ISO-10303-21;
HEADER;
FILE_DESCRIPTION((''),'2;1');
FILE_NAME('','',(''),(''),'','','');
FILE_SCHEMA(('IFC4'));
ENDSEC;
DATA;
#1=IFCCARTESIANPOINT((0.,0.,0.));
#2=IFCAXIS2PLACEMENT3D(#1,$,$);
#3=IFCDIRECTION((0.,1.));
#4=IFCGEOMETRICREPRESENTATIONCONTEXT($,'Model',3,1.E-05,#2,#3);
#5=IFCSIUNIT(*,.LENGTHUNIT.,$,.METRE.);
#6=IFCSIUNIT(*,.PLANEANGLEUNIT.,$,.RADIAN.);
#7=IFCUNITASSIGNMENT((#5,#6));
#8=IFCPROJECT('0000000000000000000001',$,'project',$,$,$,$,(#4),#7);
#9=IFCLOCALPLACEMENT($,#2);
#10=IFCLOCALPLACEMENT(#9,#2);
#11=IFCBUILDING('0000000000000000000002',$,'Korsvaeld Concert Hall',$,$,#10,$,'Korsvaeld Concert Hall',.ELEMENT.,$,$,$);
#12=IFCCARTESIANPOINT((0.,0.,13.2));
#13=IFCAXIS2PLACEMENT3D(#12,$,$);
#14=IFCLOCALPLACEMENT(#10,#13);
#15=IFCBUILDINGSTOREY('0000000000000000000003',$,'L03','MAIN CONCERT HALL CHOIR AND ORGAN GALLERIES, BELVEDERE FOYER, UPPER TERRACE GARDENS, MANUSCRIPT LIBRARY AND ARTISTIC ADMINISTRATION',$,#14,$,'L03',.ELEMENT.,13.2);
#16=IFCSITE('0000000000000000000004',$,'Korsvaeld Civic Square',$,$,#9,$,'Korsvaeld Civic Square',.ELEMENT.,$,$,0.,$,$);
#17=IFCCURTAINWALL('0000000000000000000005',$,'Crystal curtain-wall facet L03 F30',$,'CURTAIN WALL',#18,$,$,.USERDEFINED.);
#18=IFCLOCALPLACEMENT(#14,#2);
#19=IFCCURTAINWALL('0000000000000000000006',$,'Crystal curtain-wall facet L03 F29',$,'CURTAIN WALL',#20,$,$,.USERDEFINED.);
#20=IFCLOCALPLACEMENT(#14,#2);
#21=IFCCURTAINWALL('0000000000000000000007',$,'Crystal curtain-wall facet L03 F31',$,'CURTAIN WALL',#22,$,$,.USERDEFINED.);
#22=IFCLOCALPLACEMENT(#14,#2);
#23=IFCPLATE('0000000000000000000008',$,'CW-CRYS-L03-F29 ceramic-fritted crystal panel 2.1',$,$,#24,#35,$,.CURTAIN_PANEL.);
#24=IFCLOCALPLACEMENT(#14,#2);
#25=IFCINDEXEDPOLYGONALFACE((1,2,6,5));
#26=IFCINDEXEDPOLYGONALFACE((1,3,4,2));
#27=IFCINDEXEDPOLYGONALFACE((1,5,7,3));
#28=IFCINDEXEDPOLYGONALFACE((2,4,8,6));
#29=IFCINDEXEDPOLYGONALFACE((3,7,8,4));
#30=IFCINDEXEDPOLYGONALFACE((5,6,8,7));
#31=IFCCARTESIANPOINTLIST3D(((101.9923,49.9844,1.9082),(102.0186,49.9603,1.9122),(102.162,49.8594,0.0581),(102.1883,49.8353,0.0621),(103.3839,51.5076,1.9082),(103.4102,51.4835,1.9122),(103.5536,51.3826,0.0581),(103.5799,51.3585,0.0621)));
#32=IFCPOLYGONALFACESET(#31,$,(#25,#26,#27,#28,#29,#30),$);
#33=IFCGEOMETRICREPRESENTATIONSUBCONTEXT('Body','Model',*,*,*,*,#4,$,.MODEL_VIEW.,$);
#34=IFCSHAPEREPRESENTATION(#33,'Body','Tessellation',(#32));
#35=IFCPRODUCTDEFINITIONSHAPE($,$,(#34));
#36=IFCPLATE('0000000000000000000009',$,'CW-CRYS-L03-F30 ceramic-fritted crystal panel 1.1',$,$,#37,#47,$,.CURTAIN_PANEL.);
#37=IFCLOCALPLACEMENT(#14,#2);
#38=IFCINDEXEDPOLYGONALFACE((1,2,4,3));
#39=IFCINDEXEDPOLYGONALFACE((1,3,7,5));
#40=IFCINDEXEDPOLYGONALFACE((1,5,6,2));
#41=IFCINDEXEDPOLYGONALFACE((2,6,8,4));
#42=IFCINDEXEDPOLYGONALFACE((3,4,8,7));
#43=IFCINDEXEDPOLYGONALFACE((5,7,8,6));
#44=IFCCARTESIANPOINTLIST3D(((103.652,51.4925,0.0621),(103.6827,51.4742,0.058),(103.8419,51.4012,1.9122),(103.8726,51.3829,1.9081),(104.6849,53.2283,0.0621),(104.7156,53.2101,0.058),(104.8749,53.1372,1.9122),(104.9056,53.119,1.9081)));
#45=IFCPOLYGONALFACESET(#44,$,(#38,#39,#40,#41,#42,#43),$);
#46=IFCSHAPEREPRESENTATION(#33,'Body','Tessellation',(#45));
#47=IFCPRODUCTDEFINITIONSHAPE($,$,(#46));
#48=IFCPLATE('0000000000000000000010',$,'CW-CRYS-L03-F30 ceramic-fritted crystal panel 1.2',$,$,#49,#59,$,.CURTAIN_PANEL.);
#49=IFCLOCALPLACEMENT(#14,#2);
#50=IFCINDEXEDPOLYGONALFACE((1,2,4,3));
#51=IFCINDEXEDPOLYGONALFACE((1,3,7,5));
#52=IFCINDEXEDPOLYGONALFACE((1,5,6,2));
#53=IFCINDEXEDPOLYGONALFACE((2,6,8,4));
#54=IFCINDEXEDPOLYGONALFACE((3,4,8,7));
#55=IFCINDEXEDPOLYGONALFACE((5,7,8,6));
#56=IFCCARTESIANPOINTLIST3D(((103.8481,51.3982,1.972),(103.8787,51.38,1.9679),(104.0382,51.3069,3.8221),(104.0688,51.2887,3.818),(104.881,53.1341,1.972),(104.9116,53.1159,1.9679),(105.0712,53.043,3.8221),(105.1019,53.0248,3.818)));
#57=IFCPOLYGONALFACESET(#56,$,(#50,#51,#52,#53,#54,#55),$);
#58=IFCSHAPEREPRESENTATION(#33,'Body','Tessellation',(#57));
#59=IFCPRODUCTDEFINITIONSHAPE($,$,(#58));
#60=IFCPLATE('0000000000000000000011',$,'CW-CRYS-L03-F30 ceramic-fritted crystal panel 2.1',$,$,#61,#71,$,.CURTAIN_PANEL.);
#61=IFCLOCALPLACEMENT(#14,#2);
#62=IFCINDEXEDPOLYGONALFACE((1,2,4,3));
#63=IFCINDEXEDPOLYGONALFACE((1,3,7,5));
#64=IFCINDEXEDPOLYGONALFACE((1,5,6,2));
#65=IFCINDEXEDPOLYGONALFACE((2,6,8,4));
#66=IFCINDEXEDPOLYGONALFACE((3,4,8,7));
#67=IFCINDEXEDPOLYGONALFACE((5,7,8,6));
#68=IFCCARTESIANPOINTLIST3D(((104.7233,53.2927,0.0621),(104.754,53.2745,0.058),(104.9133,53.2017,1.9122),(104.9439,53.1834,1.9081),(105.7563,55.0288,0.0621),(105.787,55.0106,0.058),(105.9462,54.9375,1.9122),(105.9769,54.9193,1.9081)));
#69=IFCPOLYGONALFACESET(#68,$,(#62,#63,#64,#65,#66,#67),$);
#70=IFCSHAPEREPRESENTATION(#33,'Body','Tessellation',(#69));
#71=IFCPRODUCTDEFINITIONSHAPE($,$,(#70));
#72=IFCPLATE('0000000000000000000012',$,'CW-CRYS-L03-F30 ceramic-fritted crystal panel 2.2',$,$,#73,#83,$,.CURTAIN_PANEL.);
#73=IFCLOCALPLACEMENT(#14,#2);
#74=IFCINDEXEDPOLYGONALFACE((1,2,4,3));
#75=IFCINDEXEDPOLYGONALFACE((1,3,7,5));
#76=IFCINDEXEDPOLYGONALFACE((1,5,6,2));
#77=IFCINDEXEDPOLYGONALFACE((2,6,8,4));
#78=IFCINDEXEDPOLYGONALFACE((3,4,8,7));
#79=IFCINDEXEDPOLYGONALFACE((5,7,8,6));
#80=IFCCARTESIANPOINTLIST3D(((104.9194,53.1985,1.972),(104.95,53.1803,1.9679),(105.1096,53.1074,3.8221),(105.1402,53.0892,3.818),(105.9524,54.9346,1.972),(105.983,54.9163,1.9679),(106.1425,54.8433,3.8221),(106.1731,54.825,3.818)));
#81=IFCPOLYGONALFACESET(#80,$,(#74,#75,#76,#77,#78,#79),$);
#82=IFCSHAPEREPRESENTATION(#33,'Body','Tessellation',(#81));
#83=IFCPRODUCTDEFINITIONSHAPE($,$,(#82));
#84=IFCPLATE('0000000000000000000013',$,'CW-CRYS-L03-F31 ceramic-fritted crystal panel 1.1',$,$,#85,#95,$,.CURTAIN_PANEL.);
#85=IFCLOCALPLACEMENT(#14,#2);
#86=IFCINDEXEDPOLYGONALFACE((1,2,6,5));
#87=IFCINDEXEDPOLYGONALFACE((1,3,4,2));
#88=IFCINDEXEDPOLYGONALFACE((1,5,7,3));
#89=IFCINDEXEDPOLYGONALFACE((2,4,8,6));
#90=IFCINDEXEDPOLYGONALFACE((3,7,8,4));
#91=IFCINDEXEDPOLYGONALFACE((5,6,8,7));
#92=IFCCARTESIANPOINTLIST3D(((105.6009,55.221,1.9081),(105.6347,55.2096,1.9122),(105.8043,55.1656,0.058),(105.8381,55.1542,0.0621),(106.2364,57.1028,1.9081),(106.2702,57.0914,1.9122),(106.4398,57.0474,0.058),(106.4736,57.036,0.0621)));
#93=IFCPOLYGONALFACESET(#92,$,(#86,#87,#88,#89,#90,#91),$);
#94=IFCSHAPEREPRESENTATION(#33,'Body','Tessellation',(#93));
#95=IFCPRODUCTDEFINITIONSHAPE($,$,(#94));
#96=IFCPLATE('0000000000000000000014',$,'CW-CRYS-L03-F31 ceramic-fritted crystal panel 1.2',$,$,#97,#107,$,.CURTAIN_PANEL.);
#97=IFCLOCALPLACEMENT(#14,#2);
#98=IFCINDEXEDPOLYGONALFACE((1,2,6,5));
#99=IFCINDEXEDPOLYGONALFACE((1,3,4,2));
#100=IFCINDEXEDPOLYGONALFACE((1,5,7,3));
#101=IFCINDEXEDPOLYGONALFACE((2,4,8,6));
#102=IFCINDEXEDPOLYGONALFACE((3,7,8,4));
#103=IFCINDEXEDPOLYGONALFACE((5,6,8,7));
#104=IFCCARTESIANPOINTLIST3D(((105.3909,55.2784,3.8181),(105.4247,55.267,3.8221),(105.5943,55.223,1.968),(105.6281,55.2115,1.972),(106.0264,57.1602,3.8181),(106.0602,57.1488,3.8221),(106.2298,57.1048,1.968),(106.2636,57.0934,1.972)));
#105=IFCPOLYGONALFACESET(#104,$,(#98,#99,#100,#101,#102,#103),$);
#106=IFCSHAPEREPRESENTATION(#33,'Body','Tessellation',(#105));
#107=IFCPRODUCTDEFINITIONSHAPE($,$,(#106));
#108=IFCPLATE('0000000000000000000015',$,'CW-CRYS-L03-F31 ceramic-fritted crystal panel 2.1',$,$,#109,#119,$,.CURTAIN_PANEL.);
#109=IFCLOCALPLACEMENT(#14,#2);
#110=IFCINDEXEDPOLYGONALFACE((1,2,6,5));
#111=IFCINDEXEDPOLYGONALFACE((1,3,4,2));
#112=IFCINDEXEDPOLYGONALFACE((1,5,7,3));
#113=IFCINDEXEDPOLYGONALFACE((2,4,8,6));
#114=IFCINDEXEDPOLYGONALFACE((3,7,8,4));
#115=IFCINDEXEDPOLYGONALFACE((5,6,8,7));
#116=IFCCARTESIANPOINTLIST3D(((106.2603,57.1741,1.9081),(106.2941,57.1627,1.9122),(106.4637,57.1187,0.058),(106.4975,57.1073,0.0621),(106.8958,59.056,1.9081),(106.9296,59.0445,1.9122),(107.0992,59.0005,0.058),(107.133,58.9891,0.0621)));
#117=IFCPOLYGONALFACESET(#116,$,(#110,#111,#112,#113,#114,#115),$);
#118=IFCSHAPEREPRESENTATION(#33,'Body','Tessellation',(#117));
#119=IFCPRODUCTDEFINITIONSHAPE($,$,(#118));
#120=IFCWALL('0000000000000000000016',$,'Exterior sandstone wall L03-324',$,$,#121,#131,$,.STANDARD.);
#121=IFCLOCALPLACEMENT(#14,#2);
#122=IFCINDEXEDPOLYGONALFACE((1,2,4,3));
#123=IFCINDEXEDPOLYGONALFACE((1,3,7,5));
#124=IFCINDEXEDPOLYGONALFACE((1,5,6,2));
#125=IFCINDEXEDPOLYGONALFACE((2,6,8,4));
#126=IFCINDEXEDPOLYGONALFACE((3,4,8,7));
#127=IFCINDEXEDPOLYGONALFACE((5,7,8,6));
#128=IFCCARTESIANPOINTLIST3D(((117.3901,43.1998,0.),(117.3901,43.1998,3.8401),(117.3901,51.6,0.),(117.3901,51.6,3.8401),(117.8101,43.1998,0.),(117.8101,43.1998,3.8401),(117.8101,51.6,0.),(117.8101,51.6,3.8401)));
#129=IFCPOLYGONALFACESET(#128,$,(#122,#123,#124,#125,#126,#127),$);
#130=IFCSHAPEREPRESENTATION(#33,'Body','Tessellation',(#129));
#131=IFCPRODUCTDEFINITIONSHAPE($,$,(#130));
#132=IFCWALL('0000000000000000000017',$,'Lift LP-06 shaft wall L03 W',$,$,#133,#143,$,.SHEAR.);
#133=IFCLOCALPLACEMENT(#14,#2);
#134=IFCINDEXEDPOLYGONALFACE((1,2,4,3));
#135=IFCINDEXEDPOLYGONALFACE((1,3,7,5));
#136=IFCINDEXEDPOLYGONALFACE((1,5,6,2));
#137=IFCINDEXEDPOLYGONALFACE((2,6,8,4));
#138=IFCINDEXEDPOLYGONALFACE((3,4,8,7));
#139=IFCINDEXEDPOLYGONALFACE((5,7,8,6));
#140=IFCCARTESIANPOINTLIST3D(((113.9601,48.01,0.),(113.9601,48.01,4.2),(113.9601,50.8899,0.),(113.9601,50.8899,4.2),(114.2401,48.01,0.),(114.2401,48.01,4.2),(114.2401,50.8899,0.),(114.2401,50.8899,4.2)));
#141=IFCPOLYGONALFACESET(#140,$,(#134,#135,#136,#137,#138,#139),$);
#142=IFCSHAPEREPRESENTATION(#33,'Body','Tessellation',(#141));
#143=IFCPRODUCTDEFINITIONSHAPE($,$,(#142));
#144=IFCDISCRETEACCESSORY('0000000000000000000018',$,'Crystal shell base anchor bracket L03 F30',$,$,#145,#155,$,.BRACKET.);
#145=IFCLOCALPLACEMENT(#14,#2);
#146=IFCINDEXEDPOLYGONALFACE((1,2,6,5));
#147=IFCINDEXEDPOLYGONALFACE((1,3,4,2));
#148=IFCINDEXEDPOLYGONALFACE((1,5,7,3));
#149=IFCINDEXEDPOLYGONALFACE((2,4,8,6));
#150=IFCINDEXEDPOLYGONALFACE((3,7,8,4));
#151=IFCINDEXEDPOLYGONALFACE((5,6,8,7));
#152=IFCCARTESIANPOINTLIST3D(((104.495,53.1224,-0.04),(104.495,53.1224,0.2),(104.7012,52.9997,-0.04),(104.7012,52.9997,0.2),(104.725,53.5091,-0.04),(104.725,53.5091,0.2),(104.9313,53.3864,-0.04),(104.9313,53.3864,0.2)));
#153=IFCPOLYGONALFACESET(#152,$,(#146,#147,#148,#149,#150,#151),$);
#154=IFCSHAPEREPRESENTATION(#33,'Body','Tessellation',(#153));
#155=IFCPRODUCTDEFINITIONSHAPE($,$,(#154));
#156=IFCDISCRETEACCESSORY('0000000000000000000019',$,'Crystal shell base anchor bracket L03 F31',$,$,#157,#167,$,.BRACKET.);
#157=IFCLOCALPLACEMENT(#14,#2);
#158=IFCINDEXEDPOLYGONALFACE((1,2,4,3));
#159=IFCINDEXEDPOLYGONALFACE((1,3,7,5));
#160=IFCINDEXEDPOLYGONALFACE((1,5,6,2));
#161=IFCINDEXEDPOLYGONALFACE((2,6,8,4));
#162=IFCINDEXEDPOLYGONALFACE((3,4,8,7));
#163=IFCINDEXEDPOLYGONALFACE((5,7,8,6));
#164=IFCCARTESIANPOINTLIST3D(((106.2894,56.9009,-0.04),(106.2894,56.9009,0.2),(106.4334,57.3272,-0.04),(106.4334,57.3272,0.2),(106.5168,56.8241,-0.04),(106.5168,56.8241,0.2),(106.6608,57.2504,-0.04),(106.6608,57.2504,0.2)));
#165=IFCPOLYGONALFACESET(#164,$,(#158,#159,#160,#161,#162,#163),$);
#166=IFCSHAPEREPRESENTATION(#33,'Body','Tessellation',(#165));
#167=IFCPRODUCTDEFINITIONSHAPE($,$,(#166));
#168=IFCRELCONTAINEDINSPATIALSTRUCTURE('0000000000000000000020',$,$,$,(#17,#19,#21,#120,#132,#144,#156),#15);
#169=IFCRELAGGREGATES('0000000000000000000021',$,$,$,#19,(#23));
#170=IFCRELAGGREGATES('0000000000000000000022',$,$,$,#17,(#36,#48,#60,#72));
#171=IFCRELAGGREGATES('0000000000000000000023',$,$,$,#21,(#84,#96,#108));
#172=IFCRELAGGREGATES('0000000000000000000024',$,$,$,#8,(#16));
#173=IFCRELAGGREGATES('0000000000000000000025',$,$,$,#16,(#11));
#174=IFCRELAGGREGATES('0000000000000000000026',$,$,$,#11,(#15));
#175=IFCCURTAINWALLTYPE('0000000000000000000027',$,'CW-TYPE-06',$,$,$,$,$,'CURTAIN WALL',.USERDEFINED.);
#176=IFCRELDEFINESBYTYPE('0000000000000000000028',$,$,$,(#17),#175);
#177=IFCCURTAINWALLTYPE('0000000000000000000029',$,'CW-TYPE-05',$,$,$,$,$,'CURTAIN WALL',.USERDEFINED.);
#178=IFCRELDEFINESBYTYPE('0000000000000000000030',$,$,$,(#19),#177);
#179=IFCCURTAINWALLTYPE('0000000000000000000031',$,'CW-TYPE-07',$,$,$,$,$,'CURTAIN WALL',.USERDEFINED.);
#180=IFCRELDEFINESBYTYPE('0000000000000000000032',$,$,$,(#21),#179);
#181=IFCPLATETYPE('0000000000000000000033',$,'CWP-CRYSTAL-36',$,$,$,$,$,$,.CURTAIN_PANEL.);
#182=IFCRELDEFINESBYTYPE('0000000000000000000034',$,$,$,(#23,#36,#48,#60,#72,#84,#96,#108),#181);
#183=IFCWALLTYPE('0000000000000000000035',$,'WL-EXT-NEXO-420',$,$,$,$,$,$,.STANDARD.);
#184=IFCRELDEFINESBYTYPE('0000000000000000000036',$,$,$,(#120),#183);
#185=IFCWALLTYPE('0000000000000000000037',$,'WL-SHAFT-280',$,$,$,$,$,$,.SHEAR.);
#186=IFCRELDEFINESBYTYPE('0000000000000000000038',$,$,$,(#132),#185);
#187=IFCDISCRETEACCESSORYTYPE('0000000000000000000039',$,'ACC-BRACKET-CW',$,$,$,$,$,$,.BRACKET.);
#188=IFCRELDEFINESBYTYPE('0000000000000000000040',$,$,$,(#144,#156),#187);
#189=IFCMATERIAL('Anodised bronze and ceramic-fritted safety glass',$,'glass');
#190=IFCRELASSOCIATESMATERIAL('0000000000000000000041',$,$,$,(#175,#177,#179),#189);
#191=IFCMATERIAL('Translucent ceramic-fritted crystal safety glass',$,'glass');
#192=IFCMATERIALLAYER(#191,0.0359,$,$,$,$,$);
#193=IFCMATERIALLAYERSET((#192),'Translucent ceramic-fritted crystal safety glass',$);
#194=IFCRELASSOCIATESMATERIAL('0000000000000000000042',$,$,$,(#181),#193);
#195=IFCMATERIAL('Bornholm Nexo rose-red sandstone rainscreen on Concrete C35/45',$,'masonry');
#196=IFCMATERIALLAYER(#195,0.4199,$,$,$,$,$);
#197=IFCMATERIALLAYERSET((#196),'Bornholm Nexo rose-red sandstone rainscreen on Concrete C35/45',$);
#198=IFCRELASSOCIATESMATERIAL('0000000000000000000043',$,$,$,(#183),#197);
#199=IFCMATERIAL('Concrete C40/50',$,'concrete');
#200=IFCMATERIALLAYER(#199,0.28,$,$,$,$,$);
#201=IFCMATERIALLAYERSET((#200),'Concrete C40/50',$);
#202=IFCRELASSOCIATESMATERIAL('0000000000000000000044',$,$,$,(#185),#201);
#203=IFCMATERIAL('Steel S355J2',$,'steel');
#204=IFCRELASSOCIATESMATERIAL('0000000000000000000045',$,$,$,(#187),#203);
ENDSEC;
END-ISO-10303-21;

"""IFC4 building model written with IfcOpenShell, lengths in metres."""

from ifc_helpers import new_model, si_unit, direction, frame, frame_2d, origin, origin_2d, place, context, subcontext, project, spatial, polyline, rectangle, outline, extrude, material, layer, layer_set, type_object, element, aggregate, save


model = new_model("IFC4")

# Units and contexts
model_context = context("Model", 3, precision=1e-05, world=origin(), true_north=direction((0.0, 1.0)))
body_context = subcontext(model_context, "Body", "Model", "MODEL_VIEW")
ifc_project = project(units=[si_unit("LENGTHUNIT", "METRE"), si_unit("PLANEANGLEUNIT", "RADIAN")], contexts=[model_context])

# Site, building, storey
site_placement = place(None, origin())
site = spatial("IfcSite", under=ifc_project, at=site_placement, Name="Korsvaeld Civic Square", LongName="Korsvaeld Civic Square", CompositionType="ELEMENT", RefElevation=0.0)
building_placement = place(site_placement, origin())
building = spatial("IfcBuilding", under=site, at=building_placement, Name="Korsvaeld Concert Hall", LongName="Korsvaeld Concert Hall", CompositionType="ELEMENT")
storey_placement = place(building_placement, frame((0.0, 0.0, 13.2)))
storey = spatial("IfcBuildingStorey", under=building, at=storey_placement, Name="L03", Description="MAIN CONCERT HALL CHOIR AND ORGAN GALLERIES, BELVEDERE FOYER, UPPER TERRACE GARDENS, MANUSCRIPT LIBRARY AND ARTISTIC ADMINISTRATION", LongName="L03", CompositionType="ELEMENT", Elevation=13.2)

# Shared definitions
ifc_material_1 = material(Name="Concrete C40/50", Category="concrete")

# Curtain wall
ifc_material_2 = material(Name="Anodised bronze and ceramic-fritted safety glass", Category="glass")
curtain_wall_type_1 = type_object("IfcCurtainWallType", Name="CW-TYPE-06", ElementType="CURTAIN WALL", PredefinedType="USERDEFINED", material=ifc_material_2)
curtain_wall_1_placement = place(storey_placement, origin())
curtain_wall_1 = element("IfcCurtainWall", 1, at=curtain_wall_1_placement, inside=storey, type_object=curtain_wall_type_1, Name="Crystal curtain-wall facet L03 F30", ObjectType="CURTAIN WALL", PredefinedType="USERDEFINED")

# Curtain wall
curtain_wall_type_2 = type_object("IfcCurtainWallType", Name="CW-TYPE-05", ElementType="CURTAIN WALL", PredefinedType="USERDEFINED", material=ifc_material_2)
curtain_wall_2_placement = place(storey_placement, origin())
curtain_wall_2 = element("IfcCurtainWall", 2, at=curtain_wall_2_placement, inside=storey, type_object=curtain_wall_type_2, Name="Crystal curtain-wall facet L03 F29", ObjectType="CURTAIN WALL", PredefinedType="USERDEFINED")

# Curtain wall
curtain_wall_type_3 = type_object("IfcCurtainWallType", Name="CW-TYPE-07", ElementType="CURTAIN WALL", PredefinedType="USERDEFINED", material=ifc_material_2)
curtain_wall_3_placement = place(storey_placement, origin())
curtain_wall_3 = element("IfcCurtainWall", 3, at=curtain_wall_3_placement, inside=storey, type_object=curtain_wall_type_3, Name="Crystal curtain-wall facet L03 F31", ObjectType="CURTAIN WALL", PredefinedType="USERDEFINED")

# Plates
ifc_material_3 = material(Name="Translucent ceramic-fritted crystal safety glass", Category="glass")
ifc_layer_1 = layer(ifc_material_3, 0.0359)
ifc_layer_set_1 = layer_set([ifc_layer_1], Name="Translucent ceramic-fritted crystal safety glass")
plate_type = type_object("IfcPlateType", Name="CWP-CRYSTAL-36", PredefinedType="CURTAIN_PANEL", material=ifc_layer_set_1)
plate_1_placement = place(storey_placement, frame((102.175, 49.8474, 0.0601), z_axis=(0.733586, -0.67021, 0.112561), x_axis=(0.674497, 0.738278, 0.0)))
plate_1 = element("IfcPlate", 4, at=plate_1_placement, type_object=plate_type, Name="CW-CRYS-L03-F29 ceramic-fritted crystal panel 2.1", PredefinedType="CURTAIN_PANEL", context=body_context, shape_type="SweptSolid", body=[
    extrude(outline(polyline([(0.0, 0.0), (2.0632, 0.0), (2.041, 1.8619), (-0.0222, 1.8619), (0.0, 0.0)])), frame((0.0, 0.0, 0.0181)), (0.0, 0.0, -1.0), 0.0359),
])
aggregate(curtain_wall_2, [plate_1])
plate_2_placement = place(storey_placement, frame((103.6672, 51.4834, 0.0601), z_axis=(0.853894, -0.508097, -0.112708), x_axis=(0.511356, 0.859369, 0.000003)))
plate_2 = element("IfcPlate", 5, at=plate_2_placement, type_object=plate_type, Name="CW-CRYS-L03-F30 ceramic-fritted crystal panel 1.1", PredefinedType="CURTAIN_PANEL", context=body_context, shape_type="SweptSolid", body=[
    extrude(outline(polyline([(0.0, 0.0), (2.0199, 0.0), (2.0388, 1.862), (0.0187, 1.862), (0.0, 0.0)])), frame((0.0, 0.0, 0.0181)), (0.0, 0.0, -1.0), 0.0359),
])
plate_3_placement = place(storey_placement, frame((103.8633, 51.3892, 1.97), z_axis=(0.853883, -0.508091, -0.11282), x_axis=(0.511356, 0.859369, 0.000003)))
plate_3 = element("IfcPlate", 6, at=plate_3_placement, type_object=plate_type, Name="CW-CRYS-L03-F30 ceramic-fritted crystal panel 1.2", PredefinedType="CURTAIN_PANEL", context=body_context, shape_type="SweptSolid", body=[
    extrude(outline(polyline([(0.0, 0.0), (2.0199, 0.0), (2.0389, 1.862), (0.0188, 1.862), (0.0, 0.0)])), frame((0.0, 0.0, 0.0181)), (0.0, 0.0, -1.0), 0.0359),
])
plate_4_placement = place(storey_placement, frame((104.7385, 53.2837, 0.0601), z_axis=(0.853894, -0.508097, -0.112708), x_axis=(0.511355, 0.85937, -0.000003)))
plate_4 = element("IfcPlate", 7, at=plate_4_placement, type_object=plate_type, Name="CW-CRYS-L03-F30 ceramic-fritted crystal panel 2.1", PredefinedType="CURTAIN_PANEL", context=body_context, shape_type="SweptSolid", body=[
    extrude(outline(polyline([(0.0, 0.0), (2.0201, 0.0), (2.0388, 1.862), (0.0189, 1.862), (0.0, 0.0)])), frame((0.0, 0.0, 0.0181)), (0.0, 0.0, -1.0), 0.0359),
])
plate_5_placement = place(storey_placement, frame((104.9346, 53.1895, 1.97), z_axis=(0.853883, -0.508091, -0.11282), x_axis=(0.511355, 0.85937, -0.000003)))
plate_5 = element("IfcPlate", 8, at=plate_5_placement, type_object=plate_type, Name="CW-CRYS-L03-F30 ceramic-fritted crystal panel 2.2", PredefinedType="CURTAIN_PANEL", context=body_context, shape_type="SweptSolid", body=[
    extrude(outline(polyline([(0.0, 0.0), (2.0201, 0.0), (2.0389, 1.862), (0.019, 1.862), (0.0, 0.0)])), frame((0.0, 0.0, 0.0181)), (0.0, 0.0, -1.0), 0.0359),
])
aggregate(curtain_wall_1, [plate_2, plate_3, plate_4, plate_5])
plate_6_placement = place(storey_placement, frame((105.821, 55.1599, 0.0601), z_axis=(0.941366, -0.3179, 0.113001), x_axis=(0.31995, 0.947435, 0.0)))
plate_6 = element("IfcPlate", 9, at=plate_6_placement, type_object=plate_type, Name="CW-CRYS-L03-F31 ceramic-fritted crystal panel 1.1", PredefinedType="CURTAIN_PANEL", context=body_context, shape_type="SweptSolid", body=[
    extrude(outline(polyline([(0.0, 0.0), (1.9862, 0.0), (1.9737, 1.862), (-0.0126, 1.862), (0.0, 0.0)])), frame((0.0, 0.0, 0.0181)), (0.0, 0.0, -1.0), 0.0359),
])
plate_7_placement = place(storey_placement, frame((105.6111, 55.2173, 1.97), z_axis=(0.941366, -0.3179, 0.113001), x_axis=(0.31995, 0.947435, 0.0)))
plate_7 = element("IfcPlate", 10, at=plate_7_placement, type_object=plate_type, Name="CW-CRYS-L03-F31 ceramic-fritted crystal panel 1.2", PredefinedType="CURTAIN_PANEL", context=body_context, shape_type="SweptSolid", body=[
    extrude(outline(polyline([(0.0, 0.0), (1.9862, 0.0), (1.9737, 1.862), (-0.0126, 1.862), (0.0, 0.0)])), frame((0.0, 0.0, 0.0181)), (0.0, 0.0, -1.0), 0.0359),
])
plate_8_placement = place(storey_placement, frame((106.4805, 57.113, 0.0601), z_axis=(0.941366, -0.3179, 0.113001), x_axis=(0.31995, 0.947435, 0.0)))
plate_8 = element("IfcPlate", 11, at=plate_8_placement, type_object=plate_type, Name="CW-CRYS-L03-F31 ceramic-fritted crystal panel 2.1", PredefinedType="CURTAIN_PANEL", context=body_context, shape_type="SweptSolid", body=[
    extrude(outline(polyline([(0.0, 0.0), (1.9862, 0.0), (1.9737, 1.862), (-0.0126, 1.862), (0.0, 0.0)])), frame((0.0, 0.0, 0.0181)), (0.0, 0.0, -1.0), 0.0359),
])
aggregate(curtain_wall_3, [plate_6, plate_7, plate_8])

# Wall
ifc_material_4 = material(Name="Bornholm Nexo rose-red sandstone rainscreen on Concrete C35/45", Category="masonry")
ifc_layer_2 = layer(ifc_material_4, 0.4199)
ifc_layer_set_2 = layer_set([ifc_layer_2], Name="Bornholm Nexo rose-red sandstone rainscreen on Concrete C35/45")
wall_type_1 = type_object("IfcWallType", Name="WL-EXT-NEXO-420", PredefinedType="STANDARD", material=ifc_layer_set_2)
wall_1_placement = place(storey_placement, frame((117.6001, 51.6001, 0.0), z_axis=(0.0, 0.0, 1.0), x_axis=(0.0, -1.0, 0.0)))
element("IfcWall", 12, at=wall_1_placement, inside=storey, type_object=wall_type_1, Name="Exterior sandstone wall L03-324", PredefinedType="STANDARD", context=body_context, shape_type="SweptSolid", body=[
    extrude(rectangle(XDim=8.4001, YDim=0.4199, at=frame_2d((4.2002, 0.0))), origin(), (0.0, 0.0, 1.0), 3.8401),
])

# Shared definitions
ifc_layer_3 = layer(ifc_material_1, 0.28)
ifc_layer_set_3 = layer_set([ifc_layer_3], Name="Concrete C40/50")
wall_type_2 = type_object("IfcWallType", Name="WL-SHAFT-280", PredefinedType="SHEAR", material=ifc_layer_set_3)

# Wall
wall_2_placement = place(storey_placement, frame((114.1001, 50.8899, 0.0), z_axis=(0.0, 0.0, 1.0), x_axis=(0.0, -1.0, 0.0)))
element("IfcWall", 13, at=wall_2_placement, inside=storey, type_object=wall_type_2, Name="Lift LP-06 shaft wall L03 W", PredefinedType="SHEAR", context=body_context, shape_type="SweptSolid", body=[
    extrude(rectangle(XDim=2.8799, YDim=0.28, at=frame_2d((1.4399, 0.0))), origin(), (0.0, 0.0, 1.0), 4.2),
])

# Discrete accessories
ifc_material_5 = material(Name="Steel S355J2", Category="steel")
discrete_accessory_type = type_object("IfcDiscreteAccessoryType", Name="ACC-BRACKET-CW", PredefinedType="BRACKET", material=ifc_material_5)
for number, where, z_axis, x_axis, name in (
    (14, (104.7131, 53.2544, -0.04), (0.0, 0.0, 1.0), (0.511293, 0.859406, 0.0), "Crystal shell base anchor bracket L03 F30"),
    (15, (106.4751, 57.0757, -0.04), (0.0, 0.0, 1.0), (0.319952, 0.947434, 0.0), "Crystal shell base anchor bracket L03 F31"),
):
    element("IfcDiscreteAccessory", number, at=place(storey_placement, frame(where, z_axis=z_axis, x_axis=x_axis)), inside=storey, type_object=discrete_accessory_type, Name=name, PredefinedType="BRACKET", context=body_context, shape_type="SweptSolid", body=[
        extrude(rectangle(XDim=0.45, YDim=0.24, at=origin_2d()), origin(), (0.0, 0.0, 1.0), 0.24),
    ])

save(model, "model.ifc")
